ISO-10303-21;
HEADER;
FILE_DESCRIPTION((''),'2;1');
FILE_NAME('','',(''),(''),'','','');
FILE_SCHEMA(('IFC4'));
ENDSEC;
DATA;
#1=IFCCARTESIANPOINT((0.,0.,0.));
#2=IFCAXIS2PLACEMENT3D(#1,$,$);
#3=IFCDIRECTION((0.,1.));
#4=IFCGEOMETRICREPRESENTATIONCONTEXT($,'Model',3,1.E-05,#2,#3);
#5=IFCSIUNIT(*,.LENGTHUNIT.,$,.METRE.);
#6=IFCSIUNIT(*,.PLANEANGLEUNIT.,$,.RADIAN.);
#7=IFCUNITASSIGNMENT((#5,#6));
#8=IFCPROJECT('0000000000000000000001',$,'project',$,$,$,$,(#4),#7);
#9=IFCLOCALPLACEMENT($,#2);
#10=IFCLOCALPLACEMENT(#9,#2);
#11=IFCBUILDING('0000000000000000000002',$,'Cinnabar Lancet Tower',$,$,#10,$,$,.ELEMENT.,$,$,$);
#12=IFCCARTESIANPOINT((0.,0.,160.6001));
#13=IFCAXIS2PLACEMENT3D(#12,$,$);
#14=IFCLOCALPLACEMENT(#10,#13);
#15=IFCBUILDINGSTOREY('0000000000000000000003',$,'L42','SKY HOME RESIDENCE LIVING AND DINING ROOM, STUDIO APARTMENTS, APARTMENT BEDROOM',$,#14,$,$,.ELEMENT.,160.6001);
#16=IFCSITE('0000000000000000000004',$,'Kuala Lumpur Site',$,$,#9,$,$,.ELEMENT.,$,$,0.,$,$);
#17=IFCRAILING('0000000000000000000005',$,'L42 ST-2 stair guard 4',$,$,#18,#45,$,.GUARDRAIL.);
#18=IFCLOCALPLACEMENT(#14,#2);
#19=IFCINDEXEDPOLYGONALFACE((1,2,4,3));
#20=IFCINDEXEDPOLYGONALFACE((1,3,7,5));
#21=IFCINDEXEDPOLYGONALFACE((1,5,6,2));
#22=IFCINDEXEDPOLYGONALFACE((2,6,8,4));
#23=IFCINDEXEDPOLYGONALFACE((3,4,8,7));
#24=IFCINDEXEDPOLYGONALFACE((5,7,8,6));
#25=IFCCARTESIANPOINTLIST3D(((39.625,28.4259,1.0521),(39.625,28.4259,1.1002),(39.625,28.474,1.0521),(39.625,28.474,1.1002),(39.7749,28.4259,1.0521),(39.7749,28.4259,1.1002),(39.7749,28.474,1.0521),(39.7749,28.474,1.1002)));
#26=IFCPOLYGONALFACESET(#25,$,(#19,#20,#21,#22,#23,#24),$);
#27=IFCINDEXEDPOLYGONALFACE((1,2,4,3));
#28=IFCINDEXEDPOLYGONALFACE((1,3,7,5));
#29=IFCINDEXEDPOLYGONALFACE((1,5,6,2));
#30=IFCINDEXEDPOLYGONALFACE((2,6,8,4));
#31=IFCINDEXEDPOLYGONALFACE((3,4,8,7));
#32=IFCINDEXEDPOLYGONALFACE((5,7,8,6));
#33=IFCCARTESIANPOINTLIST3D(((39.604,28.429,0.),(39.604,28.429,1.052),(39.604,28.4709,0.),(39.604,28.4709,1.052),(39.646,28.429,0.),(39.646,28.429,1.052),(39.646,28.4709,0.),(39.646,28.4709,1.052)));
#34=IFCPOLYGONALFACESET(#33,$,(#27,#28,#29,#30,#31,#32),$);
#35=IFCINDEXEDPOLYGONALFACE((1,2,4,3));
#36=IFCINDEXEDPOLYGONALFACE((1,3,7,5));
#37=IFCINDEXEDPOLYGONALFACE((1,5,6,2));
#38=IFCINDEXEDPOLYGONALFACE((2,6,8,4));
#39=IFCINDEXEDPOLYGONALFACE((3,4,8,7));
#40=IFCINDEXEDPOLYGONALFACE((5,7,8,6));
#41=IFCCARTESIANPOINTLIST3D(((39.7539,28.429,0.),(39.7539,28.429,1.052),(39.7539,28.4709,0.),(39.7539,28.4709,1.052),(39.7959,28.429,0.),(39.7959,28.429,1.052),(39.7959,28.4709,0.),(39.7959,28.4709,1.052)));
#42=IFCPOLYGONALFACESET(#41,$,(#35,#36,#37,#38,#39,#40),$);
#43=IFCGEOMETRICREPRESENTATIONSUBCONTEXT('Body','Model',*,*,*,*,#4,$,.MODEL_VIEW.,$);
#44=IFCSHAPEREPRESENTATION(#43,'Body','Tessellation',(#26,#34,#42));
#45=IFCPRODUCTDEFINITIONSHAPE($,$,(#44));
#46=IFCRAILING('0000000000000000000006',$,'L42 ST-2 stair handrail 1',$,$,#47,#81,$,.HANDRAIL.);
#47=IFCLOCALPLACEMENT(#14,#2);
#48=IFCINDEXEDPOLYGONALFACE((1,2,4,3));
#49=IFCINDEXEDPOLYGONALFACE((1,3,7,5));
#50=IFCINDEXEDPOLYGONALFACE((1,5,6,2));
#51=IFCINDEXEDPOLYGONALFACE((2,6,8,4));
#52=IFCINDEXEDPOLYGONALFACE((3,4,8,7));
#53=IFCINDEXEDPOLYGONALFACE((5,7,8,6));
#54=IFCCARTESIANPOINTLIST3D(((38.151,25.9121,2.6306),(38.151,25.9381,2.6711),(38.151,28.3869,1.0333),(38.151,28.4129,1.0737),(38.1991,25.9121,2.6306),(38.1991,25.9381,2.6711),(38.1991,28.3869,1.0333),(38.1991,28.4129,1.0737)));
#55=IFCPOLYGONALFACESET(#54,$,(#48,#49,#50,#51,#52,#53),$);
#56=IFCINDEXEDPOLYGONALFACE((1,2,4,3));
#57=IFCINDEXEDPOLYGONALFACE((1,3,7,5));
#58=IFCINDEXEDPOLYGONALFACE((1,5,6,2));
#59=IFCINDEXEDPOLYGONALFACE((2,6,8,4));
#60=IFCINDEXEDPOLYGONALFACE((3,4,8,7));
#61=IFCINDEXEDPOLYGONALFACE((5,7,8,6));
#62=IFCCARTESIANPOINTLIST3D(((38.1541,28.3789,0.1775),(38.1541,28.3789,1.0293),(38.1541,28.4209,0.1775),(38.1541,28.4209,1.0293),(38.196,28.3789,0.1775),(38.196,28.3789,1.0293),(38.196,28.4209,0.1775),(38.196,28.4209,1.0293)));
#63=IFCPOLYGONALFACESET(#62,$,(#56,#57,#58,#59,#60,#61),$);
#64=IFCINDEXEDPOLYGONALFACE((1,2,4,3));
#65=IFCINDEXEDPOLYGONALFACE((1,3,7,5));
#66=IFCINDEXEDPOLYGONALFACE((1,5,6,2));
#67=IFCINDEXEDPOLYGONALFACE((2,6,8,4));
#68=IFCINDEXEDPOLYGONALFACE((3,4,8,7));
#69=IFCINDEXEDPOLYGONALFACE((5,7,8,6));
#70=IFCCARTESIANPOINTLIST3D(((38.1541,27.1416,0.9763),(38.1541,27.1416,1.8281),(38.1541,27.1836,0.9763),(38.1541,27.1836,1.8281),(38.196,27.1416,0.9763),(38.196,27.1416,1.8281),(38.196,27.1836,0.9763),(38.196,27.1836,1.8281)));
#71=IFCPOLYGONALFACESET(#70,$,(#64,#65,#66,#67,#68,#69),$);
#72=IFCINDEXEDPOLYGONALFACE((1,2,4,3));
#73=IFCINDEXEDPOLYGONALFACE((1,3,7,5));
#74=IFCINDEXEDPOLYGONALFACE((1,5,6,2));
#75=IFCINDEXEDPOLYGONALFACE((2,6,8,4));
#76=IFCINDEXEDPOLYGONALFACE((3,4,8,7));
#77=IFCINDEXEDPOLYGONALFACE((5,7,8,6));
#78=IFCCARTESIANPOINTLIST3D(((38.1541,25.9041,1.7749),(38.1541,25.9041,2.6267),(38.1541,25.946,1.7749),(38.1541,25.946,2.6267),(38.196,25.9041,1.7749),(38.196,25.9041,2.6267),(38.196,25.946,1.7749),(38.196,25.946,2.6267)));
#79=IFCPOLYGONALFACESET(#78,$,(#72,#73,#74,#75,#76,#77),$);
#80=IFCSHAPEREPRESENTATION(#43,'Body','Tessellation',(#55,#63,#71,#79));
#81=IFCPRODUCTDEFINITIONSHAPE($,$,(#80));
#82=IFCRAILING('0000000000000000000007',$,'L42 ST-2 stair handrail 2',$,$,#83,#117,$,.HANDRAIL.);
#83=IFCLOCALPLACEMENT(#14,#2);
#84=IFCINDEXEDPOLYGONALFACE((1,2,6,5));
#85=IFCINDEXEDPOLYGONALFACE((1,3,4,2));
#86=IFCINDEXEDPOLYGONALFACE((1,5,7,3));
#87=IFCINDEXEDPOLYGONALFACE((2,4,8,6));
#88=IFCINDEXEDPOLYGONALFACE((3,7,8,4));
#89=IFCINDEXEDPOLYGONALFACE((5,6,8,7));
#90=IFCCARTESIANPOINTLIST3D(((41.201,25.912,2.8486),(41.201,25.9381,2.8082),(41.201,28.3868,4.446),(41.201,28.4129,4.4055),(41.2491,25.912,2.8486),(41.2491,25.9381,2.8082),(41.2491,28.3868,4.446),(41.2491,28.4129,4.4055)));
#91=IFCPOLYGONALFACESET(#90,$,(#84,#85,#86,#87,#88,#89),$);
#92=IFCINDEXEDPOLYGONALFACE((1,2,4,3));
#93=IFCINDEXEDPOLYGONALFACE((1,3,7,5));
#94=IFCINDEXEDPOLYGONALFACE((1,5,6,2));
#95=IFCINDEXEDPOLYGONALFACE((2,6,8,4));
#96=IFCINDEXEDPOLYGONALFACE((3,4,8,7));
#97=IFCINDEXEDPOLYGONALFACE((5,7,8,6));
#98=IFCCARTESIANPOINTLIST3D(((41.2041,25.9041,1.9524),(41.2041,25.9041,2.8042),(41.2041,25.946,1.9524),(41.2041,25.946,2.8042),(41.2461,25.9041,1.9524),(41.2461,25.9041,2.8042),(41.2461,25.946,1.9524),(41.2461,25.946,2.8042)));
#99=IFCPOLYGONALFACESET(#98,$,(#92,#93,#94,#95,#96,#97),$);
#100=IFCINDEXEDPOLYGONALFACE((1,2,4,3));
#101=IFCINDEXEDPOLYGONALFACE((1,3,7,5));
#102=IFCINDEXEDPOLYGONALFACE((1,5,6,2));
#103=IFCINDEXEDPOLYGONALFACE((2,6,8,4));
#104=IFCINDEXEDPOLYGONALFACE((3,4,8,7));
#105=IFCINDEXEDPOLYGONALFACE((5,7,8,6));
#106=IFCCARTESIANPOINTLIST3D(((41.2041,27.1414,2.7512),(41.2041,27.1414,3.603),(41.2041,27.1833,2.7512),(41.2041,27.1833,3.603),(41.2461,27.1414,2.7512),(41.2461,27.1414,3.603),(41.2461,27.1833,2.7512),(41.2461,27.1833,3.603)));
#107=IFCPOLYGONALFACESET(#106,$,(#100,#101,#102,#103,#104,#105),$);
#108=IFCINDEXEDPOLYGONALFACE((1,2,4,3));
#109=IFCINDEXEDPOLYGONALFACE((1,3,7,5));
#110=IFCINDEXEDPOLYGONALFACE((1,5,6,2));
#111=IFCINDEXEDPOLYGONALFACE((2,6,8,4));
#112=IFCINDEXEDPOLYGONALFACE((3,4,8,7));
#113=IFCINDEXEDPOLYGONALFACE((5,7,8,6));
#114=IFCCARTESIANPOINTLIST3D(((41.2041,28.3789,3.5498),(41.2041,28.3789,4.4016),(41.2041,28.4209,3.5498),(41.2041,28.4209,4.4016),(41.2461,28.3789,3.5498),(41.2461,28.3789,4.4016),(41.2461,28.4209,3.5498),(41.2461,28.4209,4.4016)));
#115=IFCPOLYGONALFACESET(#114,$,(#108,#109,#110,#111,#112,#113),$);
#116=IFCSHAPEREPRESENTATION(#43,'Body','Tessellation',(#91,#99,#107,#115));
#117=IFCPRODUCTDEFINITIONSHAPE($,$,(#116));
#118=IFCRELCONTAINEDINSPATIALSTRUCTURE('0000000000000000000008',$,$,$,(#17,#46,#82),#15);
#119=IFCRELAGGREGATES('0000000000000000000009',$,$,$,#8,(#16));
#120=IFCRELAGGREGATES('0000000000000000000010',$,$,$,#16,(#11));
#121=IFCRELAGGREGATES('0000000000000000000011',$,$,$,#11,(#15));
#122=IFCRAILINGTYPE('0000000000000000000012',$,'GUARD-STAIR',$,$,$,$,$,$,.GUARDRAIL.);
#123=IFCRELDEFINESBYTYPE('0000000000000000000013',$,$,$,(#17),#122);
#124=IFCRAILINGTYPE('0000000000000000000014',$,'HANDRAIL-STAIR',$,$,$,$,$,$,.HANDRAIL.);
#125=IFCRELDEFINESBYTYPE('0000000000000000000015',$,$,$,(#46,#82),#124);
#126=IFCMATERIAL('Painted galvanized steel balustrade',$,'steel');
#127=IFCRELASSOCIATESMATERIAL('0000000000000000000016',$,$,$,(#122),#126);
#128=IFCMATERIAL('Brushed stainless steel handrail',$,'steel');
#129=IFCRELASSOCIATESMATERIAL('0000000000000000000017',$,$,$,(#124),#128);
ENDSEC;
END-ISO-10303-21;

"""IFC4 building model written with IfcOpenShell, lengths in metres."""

from ifc_helpers import new_model, si_unit, direction, frame, origin, origin_2d, place, context, subcontext, project, spatial, rectangle, extrude, material, type_object, element, save


model = new_model("IFC4")

# Units and contexts
model_context = context("Model", 3, precision=1e-05, world=origin(), true_north=direction((0.0, 1.0)))
body_context = subcontext(model_context, "Body", "Model", "MODEL_VIEW")
ifc_project = project(units=[si_unit("LENGTHUNIT", "METRE"), si_unit("PLANEANGLEUNIT", "RADIAN")], contexts=[model_context])

# Site, building, storey
site_placement = place(None, origin())
site = spatial("IfcSite", under=ifc_project, at=site_placement, Name="Kuala Lumpur Site", CompositionType="ELEMENT", RefElevation=0.0)
building_placement = place(site_placement, origin())
building = spatial("IfcBuilding", under=site, at=building_placement, Name="Cinnabar Lancet Tower", CompositionType="ELEMENT")
storey_placement = place(building_placement, frame((0.0, 0.0, 160.6001)))
storey = spatial("IfcBuildingStorey", under=building, at=storey_placement, Name="L42", Description="SKY HOME RESIDENCE LIVING AND DINING ROOM, STUDIO APARTMENTS, APARTMENT BEDROOM", CompositionType="ELEMENT", Elevation=160.6001)

# Railings
ifc_material_1 = material(Name="Painted galvanized steel balustrade", Category="steel")
railing_type_1 = type_object("IfcRailingType", Name="GUARD-STAIR", PredefinedType="GUARDRAIL", material=ifc_material_1)
railing_1_placement = place(storey_placement, frame((39.625, 28.45, 0.0)))
element("IfcRailing", 1, at=railing_1_placement, inside=storey, type_object=railing_type_1, Name="L42 ST-2 stair guard 4", PredefinedType="GUARDRAIL", context=body_context, shape_type="SweptSolid", body=[
    extrude(rectangle(XDim=0.0481, YDim=0.0481, at=origin_2d()), frame((0.0, 0.0, 1.0762), z_axis=(1.0, 0.0, 0.0), x_axis=(0.0, 1.0, 0.0)), (0.0, 0.0, 1.0), 0.1499),
    extrude(rectangle(XDim=0.042, YDim=0.042, at=origin_2d()), origin(), (0.0, 0.0, 1.0), 1.052),
    extrude(rectangle(XDim=0.042, YDim=0.042, at=origin_2d()), frame((0.1499, 0.0, 0.0)), (0.0, 0.0, 1.0), 1.052),
])
ifc_material_2 = material(Name="Brushed stainless steel handrail", Category="steel")
railing_type_2 = type_object("IfcRailingType", Name="HANDRAIL-STAIR", PredefinedType="HANDRAIL", material=ifc_material_2)
railing_2_placement = place(storey_placement, frame((38.175, 28.3999, 0.1775)))
element("IfcRailing", 2, at=railing_2_placement, inside=storey, type_object=railing_type_2, Name="L42 ST-2 stair handrail 1", PredefinedType="HANDRAIL", context=body_context, shape_type="SweptSolid", body=[
    extrude(rectangle(XDim=0.0481, YDim=0.0481, at=origin_2d()), frame((0.0, 0.0, 0.876), z_axis=(0.0, -0.840183, 0.542302), x_axis=(1.0, 0.0, 0.0)), (0.0, 0.0, 1.0), 2.9456),
    extrude(rectangle(XDim=0.042, YDim=0.042, at=origin_2d()), origin(), (0.0, 0.0, 1.0), 0.8518),
    extrude(rectangle(XDim=0.042, YDim=0.042, at=origin_2d()), frame((0.0, -1.2373, 0.7988)), (0.0, 0.0, 1.0), 0.8518),
    extrude(rectangle(XDim=0.042, YDim=0.042, at=origin_2d()), frame((0.0, -2.4749, 1.5974)), (0.0, 0.0, 1.0), 0.8518),
])
railing_3_placement = place(storey_placement, frame((41.2251, 25.925, 1.9524)))
element("IfcRailing", 3, at=railing_3_placement, inside=storey, type_object=railing_type_2, Name="L42 ST-2 stair handrail 2", PredefinedType="HANDRAIL", context=body_context, shape_type="SweptSolid", body=[
    extrude(rectangle(XDim=0.0481, YDim=0.0481, at=origin_2d()), frame((0.0, 0.0, 0.876), z_axis=(0.0, 0.840183, 0.542302), x_axis=(-1.0, 0.0, 0.0)), (0.0, 0.0, 1.0), 2.9456),
    extrude(rectangle(XDim=0.042, YDim=0.042, at=origin_2d()), origin(), (0.0, 0.0, 1.0), 0.8518),
    extrude(rectangle(XDim=0.042, YDim=0.042, at=origin_2d()), frame((0.0, 1.2373, 0.7988)), (0.0, 0.0, 1.0), 0.8518),
    extrude(rectangle(XDim=0.042, YDim=0.042, at=origin_2d()), frame((0.0, 2.4749, 1.5974)), (0.0, 0.0, 1.0), 0.8518),
])

save(model, "model.ifc")
